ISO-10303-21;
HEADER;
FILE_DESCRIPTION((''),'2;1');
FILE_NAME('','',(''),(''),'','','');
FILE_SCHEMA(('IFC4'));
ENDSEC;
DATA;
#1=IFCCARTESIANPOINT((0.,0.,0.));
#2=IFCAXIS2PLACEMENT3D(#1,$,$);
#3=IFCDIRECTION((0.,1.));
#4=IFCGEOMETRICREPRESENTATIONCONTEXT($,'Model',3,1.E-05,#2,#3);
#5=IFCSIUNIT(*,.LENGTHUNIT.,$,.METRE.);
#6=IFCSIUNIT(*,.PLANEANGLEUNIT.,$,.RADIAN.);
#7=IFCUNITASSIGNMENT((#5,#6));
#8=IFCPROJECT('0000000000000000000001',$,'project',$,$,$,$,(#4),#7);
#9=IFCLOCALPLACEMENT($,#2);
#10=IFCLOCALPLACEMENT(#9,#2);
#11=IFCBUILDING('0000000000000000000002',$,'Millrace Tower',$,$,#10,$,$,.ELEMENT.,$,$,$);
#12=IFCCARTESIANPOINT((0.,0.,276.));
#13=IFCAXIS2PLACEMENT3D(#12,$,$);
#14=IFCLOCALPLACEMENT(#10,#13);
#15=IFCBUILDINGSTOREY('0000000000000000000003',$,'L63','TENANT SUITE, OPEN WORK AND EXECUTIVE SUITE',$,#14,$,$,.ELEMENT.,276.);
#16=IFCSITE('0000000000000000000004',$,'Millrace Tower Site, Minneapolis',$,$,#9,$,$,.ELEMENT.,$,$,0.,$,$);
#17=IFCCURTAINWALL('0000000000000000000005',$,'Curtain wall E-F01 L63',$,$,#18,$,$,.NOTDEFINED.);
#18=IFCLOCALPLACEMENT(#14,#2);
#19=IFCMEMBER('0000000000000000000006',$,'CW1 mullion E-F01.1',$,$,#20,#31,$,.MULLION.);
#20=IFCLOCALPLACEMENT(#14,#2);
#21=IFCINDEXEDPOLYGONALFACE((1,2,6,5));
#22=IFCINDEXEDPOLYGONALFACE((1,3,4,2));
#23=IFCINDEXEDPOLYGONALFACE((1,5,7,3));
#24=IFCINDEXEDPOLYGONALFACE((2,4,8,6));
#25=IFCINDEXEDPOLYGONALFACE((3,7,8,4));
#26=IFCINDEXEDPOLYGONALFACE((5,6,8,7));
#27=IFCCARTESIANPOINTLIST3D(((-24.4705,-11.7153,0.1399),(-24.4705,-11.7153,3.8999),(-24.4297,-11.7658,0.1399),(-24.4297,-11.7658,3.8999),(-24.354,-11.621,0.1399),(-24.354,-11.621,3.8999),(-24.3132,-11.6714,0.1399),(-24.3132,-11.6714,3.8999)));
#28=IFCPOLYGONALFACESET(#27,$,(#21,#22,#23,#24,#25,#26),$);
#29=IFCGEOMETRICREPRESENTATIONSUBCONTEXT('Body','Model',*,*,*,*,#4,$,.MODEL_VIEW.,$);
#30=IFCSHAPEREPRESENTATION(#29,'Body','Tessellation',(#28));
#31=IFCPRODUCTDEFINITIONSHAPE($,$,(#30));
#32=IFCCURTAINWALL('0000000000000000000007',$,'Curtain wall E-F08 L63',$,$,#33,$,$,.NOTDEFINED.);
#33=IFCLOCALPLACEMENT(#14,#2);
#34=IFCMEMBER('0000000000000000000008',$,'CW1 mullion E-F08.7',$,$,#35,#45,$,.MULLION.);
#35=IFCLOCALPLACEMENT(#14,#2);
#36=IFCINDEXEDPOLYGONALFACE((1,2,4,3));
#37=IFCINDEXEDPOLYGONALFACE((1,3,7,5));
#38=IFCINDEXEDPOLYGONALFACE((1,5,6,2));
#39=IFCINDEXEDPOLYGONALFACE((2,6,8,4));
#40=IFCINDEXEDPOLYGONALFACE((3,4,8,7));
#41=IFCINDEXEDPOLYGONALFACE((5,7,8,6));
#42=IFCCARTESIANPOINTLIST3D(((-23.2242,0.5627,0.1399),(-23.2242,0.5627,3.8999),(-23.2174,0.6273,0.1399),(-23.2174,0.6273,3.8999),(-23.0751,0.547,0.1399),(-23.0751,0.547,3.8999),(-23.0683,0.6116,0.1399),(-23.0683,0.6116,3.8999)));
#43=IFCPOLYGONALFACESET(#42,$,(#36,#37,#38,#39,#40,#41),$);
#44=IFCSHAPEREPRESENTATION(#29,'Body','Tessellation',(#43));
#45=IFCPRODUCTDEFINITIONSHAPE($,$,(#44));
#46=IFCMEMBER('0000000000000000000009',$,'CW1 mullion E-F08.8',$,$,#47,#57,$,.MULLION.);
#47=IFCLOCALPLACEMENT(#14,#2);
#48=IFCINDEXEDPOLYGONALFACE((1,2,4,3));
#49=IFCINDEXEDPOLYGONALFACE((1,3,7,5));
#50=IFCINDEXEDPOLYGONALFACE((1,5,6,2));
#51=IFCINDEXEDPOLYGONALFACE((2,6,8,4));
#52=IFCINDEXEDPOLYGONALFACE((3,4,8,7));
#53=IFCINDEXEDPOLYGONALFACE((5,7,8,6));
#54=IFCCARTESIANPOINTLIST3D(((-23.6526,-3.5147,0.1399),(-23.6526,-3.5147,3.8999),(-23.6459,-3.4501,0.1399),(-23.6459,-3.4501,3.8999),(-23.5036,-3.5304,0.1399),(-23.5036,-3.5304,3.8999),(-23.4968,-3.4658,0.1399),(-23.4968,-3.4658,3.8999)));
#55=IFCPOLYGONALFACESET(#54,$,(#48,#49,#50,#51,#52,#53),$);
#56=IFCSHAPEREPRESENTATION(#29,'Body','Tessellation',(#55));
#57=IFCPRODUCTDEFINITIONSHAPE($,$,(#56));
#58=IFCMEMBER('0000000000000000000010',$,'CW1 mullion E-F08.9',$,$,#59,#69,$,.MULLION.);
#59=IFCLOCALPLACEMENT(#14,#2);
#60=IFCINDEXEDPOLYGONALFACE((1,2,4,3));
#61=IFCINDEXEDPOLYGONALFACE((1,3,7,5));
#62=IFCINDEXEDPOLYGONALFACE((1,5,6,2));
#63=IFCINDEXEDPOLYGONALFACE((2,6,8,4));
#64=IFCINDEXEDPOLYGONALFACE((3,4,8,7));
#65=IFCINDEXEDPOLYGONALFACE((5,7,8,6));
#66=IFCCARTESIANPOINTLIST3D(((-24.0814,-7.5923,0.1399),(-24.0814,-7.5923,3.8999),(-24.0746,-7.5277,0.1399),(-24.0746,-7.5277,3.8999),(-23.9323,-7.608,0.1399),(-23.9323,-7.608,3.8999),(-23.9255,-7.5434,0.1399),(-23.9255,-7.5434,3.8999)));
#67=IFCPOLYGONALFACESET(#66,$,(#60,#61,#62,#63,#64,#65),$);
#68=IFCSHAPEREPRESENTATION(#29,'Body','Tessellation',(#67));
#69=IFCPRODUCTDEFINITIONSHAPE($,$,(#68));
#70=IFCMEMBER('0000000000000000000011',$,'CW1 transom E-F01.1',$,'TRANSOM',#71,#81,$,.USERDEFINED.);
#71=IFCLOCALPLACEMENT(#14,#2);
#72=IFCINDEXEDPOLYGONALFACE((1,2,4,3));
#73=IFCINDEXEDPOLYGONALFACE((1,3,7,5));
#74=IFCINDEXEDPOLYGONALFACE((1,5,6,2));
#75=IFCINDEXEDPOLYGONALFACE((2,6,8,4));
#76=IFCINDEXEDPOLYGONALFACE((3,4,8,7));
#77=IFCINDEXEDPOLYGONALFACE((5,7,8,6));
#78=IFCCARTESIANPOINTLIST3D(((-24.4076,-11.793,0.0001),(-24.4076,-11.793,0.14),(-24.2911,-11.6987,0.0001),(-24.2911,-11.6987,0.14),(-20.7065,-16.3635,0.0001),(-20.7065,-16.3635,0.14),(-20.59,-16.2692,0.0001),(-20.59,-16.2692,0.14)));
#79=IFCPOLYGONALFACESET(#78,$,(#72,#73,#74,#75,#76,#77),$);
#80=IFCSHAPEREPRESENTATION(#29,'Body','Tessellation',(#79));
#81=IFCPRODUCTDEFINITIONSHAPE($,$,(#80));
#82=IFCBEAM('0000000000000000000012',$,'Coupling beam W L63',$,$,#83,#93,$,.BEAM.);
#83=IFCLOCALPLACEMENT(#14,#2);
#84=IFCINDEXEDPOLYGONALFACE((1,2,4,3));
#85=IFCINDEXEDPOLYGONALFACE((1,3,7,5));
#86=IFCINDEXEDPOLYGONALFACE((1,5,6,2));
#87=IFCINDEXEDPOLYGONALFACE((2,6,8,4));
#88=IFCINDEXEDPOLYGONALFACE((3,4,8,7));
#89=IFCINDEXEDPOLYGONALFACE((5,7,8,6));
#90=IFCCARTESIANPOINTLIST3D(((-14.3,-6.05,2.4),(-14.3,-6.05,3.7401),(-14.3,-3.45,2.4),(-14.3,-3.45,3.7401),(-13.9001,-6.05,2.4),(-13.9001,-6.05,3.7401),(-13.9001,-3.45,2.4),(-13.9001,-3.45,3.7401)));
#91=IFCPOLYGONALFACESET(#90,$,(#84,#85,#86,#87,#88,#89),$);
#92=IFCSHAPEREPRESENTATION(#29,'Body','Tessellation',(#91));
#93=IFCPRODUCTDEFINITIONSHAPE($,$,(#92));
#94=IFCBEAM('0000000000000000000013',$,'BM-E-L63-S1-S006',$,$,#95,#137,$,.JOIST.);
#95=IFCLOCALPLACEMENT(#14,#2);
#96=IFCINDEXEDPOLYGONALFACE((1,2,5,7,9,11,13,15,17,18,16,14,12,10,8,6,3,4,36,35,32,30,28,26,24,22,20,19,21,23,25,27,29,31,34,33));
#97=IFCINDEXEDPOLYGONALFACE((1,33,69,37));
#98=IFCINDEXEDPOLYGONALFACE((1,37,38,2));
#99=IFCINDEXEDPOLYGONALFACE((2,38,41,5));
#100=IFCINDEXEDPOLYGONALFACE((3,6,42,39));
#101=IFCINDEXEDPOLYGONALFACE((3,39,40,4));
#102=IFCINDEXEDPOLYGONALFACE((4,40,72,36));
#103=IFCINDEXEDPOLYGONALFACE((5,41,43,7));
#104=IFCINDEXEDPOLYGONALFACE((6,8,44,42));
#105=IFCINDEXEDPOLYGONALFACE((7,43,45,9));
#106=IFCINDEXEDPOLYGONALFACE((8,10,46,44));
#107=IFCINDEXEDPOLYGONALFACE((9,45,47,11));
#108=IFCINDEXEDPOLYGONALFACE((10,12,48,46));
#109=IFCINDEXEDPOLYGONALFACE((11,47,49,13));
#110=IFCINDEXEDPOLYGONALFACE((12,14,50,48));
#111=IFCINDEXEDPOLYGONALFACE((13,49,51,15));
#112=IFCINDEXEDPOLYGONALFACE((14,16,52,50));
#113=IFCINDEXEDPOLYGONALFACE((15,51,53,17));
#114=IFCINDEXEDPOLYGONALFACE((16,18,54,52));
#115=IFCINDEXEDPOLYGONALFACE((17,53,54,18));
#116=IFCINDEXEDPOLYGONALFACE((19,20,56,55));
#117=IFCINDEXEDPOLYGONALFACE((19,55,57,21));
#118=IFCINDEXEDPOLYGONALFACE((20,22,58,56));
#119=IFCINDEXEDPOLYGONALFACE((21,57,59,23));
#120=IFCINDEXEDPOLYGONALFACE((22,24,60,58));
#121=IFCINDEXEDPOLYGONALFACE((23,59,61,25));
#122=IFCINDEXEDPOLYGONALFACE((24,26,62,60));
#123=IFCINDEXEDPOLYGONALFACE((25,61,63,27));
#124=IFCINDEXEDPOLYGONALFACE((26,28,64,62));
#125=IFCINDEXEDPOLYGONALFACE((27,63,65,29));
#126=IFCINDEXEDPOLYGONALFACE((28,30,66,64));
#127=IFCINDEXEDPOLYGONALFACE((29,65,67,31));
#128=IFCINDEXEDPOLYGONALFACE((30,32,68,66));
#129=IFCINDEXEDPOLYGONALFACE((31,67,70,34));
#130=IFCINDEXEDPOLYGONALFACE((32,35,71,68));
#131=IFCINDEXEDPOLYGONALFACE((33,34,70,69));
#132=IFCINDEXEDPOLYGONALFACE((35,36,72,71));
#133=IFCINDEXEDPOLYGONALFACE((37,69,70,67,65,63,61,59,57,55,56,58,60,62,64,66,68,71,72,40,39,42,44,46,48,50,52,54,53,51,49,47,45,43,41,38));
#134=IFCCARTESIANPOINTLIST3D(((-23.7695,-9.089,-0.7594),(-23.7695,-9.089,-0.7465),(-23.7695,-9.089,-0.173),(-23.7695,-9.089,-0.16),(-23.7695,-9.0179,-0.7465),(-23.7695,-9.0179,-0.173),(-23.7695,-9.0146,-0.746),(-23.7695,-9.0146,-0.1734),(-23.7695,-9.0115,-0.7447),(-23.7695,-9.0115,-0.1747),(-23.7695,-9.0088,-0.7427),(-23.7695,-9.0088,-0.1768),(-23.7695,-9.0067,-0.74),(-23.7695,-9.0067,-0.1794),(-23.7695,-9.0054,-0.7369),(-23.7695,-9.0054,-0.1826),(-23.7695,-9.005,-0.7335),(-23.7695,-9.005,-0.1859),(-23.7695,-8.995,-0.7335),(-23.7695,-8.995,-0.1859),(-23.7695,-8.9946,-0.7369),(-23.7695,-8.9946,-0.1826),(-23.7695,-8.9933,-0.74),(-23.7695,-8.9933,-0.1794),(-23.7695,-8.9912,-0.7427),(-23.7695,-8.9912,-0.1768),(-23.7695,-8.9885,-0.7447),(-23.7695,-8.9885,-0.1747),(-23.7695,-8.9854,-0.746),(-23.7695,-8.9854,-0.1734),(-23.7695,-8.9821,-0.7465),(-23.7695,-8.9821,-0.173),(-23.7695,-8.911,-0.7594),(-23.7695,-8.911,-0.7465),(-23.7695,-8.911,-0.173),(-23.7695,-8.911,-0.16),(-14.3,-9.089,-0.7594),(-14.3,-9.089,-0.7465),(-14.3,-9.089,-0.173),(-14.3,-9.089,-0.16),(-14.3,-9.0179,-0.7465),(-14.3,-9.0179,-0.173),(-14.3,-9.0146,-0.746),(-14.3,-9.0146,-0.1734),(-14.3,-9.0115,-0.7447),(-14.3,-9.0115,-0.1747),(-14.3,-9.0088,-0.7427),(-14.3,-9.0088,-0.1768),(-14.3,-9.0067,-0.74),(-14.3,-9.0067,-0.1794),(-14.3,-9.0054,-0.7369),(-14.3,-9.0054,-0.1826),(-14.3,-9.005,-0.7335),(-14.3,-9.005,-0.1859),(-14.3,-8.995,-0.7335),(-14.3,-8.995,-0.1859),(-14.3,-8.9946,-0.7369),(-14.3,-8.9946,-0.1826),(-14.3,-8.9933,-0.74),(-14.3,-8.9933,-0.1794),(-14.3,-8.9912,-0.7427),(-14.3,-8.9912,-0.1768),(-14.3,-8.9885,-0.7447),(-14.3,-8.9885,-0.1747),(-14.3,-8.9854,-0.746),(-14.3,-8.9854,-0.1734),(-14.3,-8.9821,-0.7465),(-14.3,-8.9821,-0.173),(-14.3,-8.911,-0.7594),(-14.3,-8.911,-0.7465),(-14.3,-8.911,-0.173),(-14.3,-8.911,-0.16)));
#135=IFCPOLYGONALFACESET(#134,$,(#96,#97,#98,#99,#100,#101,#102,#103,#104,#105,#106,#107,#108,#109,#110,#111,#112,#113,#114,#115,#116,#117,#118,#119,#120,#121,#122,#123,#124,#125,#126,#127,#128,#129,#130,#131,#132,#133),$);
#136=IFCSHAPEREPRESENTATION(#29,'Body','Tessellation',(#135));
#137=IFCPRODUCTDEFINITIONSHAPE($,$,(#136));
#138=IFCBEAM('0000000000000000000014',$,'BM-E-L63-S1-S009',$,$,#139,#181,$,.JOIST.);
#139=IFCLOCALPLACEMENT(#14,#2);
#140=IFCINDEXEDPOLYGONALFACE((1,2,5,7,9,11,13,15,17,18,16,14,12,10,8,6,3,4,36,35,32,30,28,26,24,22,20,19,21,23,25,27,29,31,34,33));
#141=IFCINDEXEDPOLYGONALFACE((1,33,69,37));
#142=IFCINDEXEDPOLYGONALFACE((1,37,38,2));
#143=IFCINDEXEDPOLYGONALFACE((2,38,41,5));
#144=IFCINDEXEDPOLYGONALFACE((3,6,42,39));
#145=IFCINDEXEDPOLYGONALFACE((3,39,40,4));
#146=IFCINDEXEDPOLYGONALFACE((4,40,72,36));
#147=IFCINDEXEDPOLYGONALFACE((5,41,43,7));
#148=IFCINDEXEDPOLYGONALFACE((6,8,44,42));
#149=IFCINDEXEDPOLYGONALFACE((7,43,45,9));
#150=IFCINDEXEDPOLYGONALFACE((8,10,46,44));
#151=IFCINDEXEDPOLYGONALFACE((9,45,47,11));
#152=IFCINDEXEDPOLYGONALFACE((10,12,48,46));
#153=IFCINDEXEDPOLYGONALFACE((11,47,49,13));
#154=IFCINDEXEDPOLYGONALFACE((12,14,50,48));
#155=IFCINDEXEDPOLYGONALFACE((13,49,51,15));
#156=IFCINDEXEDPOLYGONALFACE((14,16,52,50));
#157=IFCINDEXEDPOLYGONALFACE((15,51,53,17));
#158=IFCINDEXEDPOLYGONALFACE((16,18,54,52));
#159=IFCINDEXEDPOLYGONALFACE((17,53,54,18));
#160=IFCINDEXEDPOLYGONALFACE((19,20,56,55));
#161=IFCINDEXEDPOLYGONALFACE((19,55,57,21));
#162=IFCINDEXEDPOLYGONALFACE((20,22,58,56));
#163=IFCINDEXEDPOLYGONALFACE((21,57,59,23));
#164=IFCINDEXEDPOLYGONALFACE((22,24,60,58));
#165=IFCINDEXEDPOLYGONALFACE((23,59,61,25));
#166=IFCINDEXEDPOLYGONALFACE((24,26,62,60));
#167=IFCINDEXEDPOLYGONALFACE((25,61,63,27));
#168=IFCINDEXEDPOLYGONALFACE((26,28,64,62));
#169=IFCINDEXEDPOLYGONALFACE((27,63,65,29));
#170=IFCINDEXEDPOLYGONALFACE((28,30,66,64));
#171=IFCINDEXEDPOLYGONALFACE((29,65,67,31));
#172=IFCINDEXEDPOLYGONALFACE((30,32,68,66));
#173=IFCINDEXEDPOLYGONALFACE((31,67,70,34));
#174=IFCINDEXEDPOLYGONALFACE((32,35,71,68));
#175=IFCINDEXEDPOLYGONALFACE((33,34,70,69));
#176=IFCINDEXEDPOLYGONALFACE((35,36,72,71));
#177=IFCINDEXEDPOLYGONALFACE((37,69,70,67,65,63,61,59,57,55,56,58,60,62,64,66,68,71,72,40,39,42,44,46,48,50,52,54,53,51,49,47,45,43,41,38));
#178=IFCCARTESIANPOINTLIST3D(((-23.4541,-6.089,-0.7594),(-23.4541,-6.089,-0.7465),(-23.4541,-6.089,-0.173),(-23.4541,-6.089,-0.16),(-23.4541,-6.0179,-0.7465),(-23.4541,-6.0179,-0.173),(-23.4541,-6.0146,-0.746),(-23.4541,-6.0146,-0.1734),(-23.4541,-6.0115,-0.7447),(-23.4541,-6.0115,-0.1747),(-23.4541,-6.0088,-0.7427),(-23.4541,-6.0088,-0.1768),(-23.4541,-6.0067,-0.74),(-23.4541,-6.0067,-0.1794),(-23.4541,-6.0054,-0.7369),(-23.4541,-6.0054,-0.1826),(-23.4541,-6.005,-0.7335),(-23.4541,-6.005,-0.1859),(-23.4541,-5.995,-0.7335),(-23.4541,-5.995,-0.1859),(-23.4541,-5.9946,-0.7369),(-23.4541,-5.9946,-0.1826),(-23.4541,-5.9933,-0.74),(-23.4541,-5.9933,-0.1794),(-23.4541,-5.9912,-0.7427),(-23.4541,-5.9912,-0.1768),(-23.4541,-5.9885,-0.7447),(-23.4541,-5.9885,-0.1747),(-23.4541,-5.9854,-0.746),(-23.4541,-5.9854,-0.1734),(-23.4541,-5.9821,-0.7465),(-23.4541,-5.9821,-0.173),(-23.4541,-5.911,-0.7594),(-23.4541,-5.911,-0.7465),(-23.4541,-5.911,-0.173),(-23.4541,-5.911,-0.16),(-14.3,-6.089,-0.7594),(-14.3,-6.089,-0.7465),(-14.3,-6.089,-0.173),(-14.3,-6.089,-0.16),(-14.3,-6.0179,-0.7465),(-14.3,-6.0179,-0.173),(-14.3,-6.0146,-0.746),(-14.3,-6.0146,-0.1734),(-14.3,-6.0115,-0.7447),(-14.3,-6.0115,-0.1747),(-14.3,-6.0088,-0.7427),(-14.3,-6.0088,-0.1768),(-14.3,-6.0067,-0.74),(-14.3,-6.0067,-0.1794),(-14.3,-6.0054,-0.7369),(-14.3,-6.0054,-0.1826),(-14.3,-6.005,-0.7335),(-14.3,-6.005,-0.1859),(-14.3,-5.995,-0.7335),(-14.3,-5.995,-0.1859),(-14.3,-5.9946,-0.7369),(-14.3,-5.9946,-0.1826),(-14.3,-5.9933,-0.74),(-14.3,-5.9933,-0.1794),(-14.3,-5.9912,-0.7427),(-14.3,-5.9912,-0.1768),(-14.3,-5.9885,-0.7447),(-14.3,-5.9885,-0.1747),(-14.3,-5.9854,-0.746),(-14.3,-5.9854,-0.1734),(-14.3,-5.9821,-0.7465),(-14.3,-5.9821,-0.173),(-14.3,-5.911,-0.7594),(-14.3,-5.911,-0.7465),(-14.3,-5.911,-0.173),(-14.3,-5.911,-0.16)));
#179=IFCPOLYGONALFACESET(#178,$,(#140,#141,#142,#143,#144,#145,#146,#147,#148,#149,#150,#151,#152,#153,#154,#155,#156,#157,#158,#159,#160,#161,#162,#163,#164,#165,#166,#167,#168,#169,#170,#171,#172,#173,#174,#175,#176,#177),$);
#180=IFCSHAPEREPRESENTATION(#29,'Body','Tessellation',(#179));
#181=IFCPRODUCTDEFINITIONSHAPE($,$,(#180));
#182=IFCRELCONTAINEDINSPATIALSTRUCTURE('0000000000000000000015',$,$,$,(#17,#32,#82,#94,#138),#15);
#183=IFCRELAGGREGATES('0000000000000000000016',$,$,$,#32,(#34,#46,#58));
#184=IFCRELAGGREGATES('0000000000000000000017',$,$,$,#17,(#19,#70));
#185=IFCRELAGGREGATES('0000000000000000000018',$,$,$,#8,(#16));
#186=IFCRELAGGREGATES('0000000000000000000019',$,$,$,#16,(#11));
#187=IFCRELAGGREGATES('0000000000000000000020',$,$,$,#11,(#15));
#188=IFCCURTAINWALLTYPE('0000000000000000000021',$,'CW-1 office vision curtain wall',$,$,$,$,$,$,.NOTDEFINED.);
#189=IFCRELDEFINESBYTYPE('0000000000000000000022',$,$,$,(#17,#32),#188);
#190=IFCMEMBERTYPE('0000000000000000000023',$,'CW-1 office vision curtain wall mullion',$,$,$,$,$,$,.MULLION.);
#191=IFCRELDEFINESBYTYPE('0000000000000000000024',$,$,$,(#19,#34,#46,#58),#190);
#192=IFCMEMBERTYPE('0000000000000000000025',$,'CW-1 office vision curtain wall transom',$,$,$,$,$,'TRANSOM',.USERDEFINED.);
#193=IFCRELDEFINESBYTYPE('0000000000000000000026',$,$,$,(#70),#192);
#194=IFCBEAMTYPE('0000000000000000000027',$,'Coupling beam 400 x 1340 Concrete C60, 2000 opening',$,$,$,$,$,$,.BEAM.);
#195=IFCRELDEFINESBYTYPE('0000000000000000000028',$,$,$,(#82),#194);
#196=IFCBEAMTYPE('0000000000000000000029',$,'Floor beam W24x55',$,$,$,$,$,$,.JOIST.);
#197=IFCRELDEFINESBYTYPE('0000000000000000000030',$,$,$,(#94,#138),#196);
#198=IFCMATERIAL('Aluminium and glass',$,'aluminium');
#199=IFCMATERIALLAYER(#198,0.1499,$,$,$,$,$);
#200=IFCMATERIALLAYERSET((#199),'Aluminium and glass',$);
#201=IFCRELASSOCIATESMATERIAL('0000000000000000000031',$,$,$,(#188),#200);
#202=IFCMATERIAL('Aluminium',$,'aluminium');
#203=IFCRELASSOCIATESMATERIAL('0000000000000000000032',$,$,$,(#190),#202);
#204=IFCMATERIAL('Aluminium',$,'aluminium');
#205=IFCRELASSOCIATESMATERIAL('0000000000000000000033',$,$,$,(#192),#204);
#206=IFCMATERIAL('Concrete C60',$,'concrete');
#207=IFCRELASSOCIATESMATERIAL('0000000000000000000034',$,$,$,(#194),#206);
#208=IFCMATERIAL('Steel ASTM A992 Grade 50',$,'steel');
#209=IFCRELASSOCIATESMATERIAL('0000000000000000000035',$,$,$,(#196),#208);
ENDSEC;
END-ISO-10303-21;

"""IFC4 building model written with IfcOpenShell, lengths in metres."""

from ifc_helpers import new_model, si_unit, direction, frame, origin, origin_2d, place, context, subcontext, project, spatial, rectangle, i_section, extrude, material, layer, layer_set, material_profile, profile_set, type_object, element, aggregate, save


model = new_model("IFC4")

# Units and contexts
model_context = context("Model", 3, precision=1e-05, world=origin(), true_north=direction((0.0, 1.0)))
body_context = subcontext(model_context, "Body", "Model", "MODEL_VIEW")
ifc_project = project(units=[si_unit("LENGTHUNIT", "METRE"), si_unit("PLANEANGLEUNIT", "RADIAN")], contexts=[model_context])

# Site, building, storey
site_placement = place(None, origin())
site = spatial("IfcSite", under=ifc_project, at=site_placement, Name="Millrace Tower Site, Minneapolis", CompositionType="ELEMENT", RefElevation=0.0)
building_placement = place(site_placement, origin())
building = spatial("IfcBuilding", under=site, at=building_placement, Name="Millrace Tower", CompositionType="ELEMENT")
storey_placement = place(building_placement, frame((0.0, 0.0, 276.0)))
storey = spatial("IfcBuildingStorey", under=building, at=storey_placement, Name="L63", Description="TENANT SUITE, OPEN WORK AND EXECUTIVE SUITE", CompositionType="ELEMENT", Elevation=276.0)

# Curtain wall, member
ifc_material_1 = material(Name="Aluminium and glass", Category="aluminium")
ifc_layer_1 = layer(ifc_material_1, 0.1499)
ifc_layer_set_1 = layer_set([ifc_layer_1], Name="Aluminium and glass")
curtain_wall_type = type_object("IfcCurtainWallType", Name="CW-1 office vision curtain wall", PredefinedType="NOTDEFINED", material=ifc_layer_set_1)
placement = place(storey_placement, origin())
curtain_wall_1 = element("IfcCurtainWall", 1, at=placement, inside=storey, type_object=curtain_wall_type, Name="Curtain wall E-F01 L63", PredefinedType="NOTDEFINED")
ifc_material_2 = material(Name="Aluminium", Category="aluminium")
ifc_material_profile_1 = material_profile(ifc_material_2, rectangle(XDim=0.0649, YDim=0.1499, at=origin_2d()))
ifc_profile_set_1 = profile_set([ifc_material_profile_1], Name="Aluminium")
member_type_1 = type_object("IfcMemberType", Name="CW-1 office vision curtain wall mullion", PredefinedType="MULLION", material=ifc_profile_set_1)
member_1_placement = place(storey_placement, frame((-24.3918, -11.6934, 0.1399), z_axis=(0.0, 0.0, 1.0), x_axis=(0.62932, -0.777146, 0.0)))
member_1 = element("IfcMember", 2, at=member_1_placement, type_object=member_type_1, Name="CW1 mullion E-F01.1", PredefinedType="MULLION", context=body_context, shape_type="SweptSolid", body=[
    extrude(rectangle(XDim=0.0649, YDim=0.1499, at=origin_2d()), origin(), (0.0, 0.0, 1.0), 3.76),
])

# Curtain wall, members
curtain_wall_2 = element("IfcCurtainWall", 3, at=placement, inside=storey, type_object=curtain_wall_type, Name="Curtain wall E-F08 L63", PredefinedType="NOTDEFINED")
member_2_placement = place(storey_placement, frame((-23.1462, 0.5872, 0.1399), z_axis=(0.0, 0.0, 1.0), x_axis=(-0.104528, -0.994522, 0.0)))
member_2 = element("IfcMember", 4, at=member_2_placement, type_object=member_type_1, Name="CW1 mullion E-F08.7", PredefinedType="MULLION", context=body_context, shape_type="SweptSolid", body=[
    extrude(rectangle(XDim=0.0649, YDim=0.1499, at=origin_2d()), origin(), (0.0, 0.0, 1.0), 3.76),
])
member_3_placement = place(storey_placement, frame((-23.5747, -3.4902, 0.1399), z_axis=(0.0, 0.0, 1.0), x_axis=(-0.104528, -0.994522, 0.0)))
member_3 = element("IfcMember", 5, at=member_3_placement, type_object=member_type_1, Name="CW1 mullion E-F08.8", PredefinedType="MULLION", context=body_context, shape_type="SweptSolid", body=[
    extrude(rectangle(XDim=0.0649, YDim=0.1499, at=origin_2d()), origin(), (0.0, 0.0, 1.0), 3.76),
])
member_4_placement = place(storey_placement, frame((-24.0034, -7.5679, 0.1399), z_axis=(0.0, 0.0, 1.0), x_axis=(-0.104528, -0.994522, 0.0)))
member_4 = element("IfcMember", 6, at=member_4_placement, type_object=member_type_1, Name="CW1 mullion E-F08.9", PredefinedType="MULLION", context=body_context, shape_type="SweptSolid", body=[
    extrude(rectangle(XDim=0.0649, YDim=0.1499, at=origin_2d()), origin(), (0.0, 0.0, 1.0), 3.76),
])
aggregate(curtain_wall_2, [member_2, member_3, member_4])

# Member
ifc_material_3 = material(Name="Aluminium", Category="aluminium")
ifc_material_profile_2 = material_profile(ifc_material_3, rectangle(XDim=0.1499, YDim=0.1399, at=origin_2d()))
ifc_profile_set_2 = profile_set([ifc_material_profile_2], Name="Aluminium")
member_type_2 = type_object("IfcMemberType", Name="CW-1 office vision curtain wall transom", ElementType="TRANSOM", PredefinedType="USERDEFINED", material=ifc_profile_set_2)
member_5_placement = place(storey_placement, frame((-24.3494, -11.7458, 0.0701), z_axis=(0.629321, -0.777145, 0.0), x_axis=(0.777145, 0.629321, 0.0)))
member_5 = element("IfcMember", 7, at=member_5_placement, type_object=member_type_2, Name="CW1 transom E-F01.1", ObjectType="TRANSOM", PredefinedType="USERDEFINED", context=body_context, shape_type="SweptSolid", body=[
    extrude(rectangle(XDim=0.1499, YDim=0.1399, at=origin_2d()), origin(), (0.0, 0.0, 1.0), 5.8811),
])
aggregate(curtain_wall_1, [member_1, member_5])

# Beams
ifc_material_4 = material(Name="Concrete C60", Category="concrete")
ifc_material_profile_3 = material_profile(ifc_material_4, rectangle(XDim=0.3999, YDim=1.3401, at=origin_2d()))
ifc_profile_set_3 = profile_set([ifc_material_profile_3], Name="Concrete C60")
beam_type_1 = type_object("IfcBeamType", Name="Coupling beam 400 x 1340 Concrete C60, 2000 opening", PredefinedType="BEAM", material=ifc_profile_set_3)
beam_1_placement = place(storey_placement, frame((-14.1001, -6.05, 3.0701), z_axis=(0.0, 1.0, 0.0), x_axis=(-1.0, 0.0, 0.0)))
element("IfcBeam", 8, at=beam_1_placement, inside=storey, type_object=beam_type_1, Name="Coupling beam W L63", PredefinedType="BEAM", context=body_context, shape_type="SweptSolid", body=[
    extrude(rectangle(XDim=0.3999, YDim=1.3401, at=origin_2d()), origin(), (0.0, 0.0, 1.0), 2.6001),
])
ifc_material_5 = material(Name="Steel ASTM A992 Grade 50", Category="steel")
ifc_material_profile_4 = material_profile(ifc_material_5, i_section(OverallWidth=0.178, OverallDepth=0.5994, WebThickness=0.01, FlangeThickness=0.0129, FilletRadius=0.0129, at=origin_2d()))
ifc_profile_set_4 = profile_set([ifc_material_profile_4], Name="Steel ASTM A992 Grade 50")
beam_type_2 = type_object("IfcBeamType", Name="Floor beam W24x55", PredefinedType="JOIST", material=ifc_profile_set_4)
beam_2_placement = place(storey_placement, frame((-23.7695, -9.0, -0.4597), z_axis=(1.0, 0.0, 0.0), x_axis=(0.0, 1.0, 0.0)))
element("IfcBeam", 9, at=beam_2_placement, inside=storey, type_object=beam_type_2, Name="BM-E-L63-S1-S006", PredefinedType="JOIST", context=body_context, shape_type="SweptSolid", body=[
    extrude(i_section(OverallWidth=0.178, OverallDepth=0.5994, WebThickness=0.01, FlangeThickness=0.0129, FilletRadius=0.0129, at=origin_2d()), origin(), (0.0, 0.0, 1.0), 9.4695),
])
beam_3_placement = place(storey_placement, frame((-23.4541, -6.0, -0.4597), z_axis=(1.0, 0.0, 0.0), x_axis=(0.0, 1.0, 0.0)))
element("IfcBeam", 10, at=beam_3_placement, inside=storey, type_object=beam_type_2, Name="BM-E-L63-S1-S009", PredefinedType="JOIST", context=body_context, shape_type="SweptSolid", body=[
    extrude(i_section(OverallWidth=0.178, OverallDepth=0.5994, WebThickness=0.01, FlangeThickness=0.0129, FilletRadius=0.0129, at=origin_2d()), origin(), (0.0, 0.0, 1.0), 9.1541),
])

save(model, "model.ifc")
